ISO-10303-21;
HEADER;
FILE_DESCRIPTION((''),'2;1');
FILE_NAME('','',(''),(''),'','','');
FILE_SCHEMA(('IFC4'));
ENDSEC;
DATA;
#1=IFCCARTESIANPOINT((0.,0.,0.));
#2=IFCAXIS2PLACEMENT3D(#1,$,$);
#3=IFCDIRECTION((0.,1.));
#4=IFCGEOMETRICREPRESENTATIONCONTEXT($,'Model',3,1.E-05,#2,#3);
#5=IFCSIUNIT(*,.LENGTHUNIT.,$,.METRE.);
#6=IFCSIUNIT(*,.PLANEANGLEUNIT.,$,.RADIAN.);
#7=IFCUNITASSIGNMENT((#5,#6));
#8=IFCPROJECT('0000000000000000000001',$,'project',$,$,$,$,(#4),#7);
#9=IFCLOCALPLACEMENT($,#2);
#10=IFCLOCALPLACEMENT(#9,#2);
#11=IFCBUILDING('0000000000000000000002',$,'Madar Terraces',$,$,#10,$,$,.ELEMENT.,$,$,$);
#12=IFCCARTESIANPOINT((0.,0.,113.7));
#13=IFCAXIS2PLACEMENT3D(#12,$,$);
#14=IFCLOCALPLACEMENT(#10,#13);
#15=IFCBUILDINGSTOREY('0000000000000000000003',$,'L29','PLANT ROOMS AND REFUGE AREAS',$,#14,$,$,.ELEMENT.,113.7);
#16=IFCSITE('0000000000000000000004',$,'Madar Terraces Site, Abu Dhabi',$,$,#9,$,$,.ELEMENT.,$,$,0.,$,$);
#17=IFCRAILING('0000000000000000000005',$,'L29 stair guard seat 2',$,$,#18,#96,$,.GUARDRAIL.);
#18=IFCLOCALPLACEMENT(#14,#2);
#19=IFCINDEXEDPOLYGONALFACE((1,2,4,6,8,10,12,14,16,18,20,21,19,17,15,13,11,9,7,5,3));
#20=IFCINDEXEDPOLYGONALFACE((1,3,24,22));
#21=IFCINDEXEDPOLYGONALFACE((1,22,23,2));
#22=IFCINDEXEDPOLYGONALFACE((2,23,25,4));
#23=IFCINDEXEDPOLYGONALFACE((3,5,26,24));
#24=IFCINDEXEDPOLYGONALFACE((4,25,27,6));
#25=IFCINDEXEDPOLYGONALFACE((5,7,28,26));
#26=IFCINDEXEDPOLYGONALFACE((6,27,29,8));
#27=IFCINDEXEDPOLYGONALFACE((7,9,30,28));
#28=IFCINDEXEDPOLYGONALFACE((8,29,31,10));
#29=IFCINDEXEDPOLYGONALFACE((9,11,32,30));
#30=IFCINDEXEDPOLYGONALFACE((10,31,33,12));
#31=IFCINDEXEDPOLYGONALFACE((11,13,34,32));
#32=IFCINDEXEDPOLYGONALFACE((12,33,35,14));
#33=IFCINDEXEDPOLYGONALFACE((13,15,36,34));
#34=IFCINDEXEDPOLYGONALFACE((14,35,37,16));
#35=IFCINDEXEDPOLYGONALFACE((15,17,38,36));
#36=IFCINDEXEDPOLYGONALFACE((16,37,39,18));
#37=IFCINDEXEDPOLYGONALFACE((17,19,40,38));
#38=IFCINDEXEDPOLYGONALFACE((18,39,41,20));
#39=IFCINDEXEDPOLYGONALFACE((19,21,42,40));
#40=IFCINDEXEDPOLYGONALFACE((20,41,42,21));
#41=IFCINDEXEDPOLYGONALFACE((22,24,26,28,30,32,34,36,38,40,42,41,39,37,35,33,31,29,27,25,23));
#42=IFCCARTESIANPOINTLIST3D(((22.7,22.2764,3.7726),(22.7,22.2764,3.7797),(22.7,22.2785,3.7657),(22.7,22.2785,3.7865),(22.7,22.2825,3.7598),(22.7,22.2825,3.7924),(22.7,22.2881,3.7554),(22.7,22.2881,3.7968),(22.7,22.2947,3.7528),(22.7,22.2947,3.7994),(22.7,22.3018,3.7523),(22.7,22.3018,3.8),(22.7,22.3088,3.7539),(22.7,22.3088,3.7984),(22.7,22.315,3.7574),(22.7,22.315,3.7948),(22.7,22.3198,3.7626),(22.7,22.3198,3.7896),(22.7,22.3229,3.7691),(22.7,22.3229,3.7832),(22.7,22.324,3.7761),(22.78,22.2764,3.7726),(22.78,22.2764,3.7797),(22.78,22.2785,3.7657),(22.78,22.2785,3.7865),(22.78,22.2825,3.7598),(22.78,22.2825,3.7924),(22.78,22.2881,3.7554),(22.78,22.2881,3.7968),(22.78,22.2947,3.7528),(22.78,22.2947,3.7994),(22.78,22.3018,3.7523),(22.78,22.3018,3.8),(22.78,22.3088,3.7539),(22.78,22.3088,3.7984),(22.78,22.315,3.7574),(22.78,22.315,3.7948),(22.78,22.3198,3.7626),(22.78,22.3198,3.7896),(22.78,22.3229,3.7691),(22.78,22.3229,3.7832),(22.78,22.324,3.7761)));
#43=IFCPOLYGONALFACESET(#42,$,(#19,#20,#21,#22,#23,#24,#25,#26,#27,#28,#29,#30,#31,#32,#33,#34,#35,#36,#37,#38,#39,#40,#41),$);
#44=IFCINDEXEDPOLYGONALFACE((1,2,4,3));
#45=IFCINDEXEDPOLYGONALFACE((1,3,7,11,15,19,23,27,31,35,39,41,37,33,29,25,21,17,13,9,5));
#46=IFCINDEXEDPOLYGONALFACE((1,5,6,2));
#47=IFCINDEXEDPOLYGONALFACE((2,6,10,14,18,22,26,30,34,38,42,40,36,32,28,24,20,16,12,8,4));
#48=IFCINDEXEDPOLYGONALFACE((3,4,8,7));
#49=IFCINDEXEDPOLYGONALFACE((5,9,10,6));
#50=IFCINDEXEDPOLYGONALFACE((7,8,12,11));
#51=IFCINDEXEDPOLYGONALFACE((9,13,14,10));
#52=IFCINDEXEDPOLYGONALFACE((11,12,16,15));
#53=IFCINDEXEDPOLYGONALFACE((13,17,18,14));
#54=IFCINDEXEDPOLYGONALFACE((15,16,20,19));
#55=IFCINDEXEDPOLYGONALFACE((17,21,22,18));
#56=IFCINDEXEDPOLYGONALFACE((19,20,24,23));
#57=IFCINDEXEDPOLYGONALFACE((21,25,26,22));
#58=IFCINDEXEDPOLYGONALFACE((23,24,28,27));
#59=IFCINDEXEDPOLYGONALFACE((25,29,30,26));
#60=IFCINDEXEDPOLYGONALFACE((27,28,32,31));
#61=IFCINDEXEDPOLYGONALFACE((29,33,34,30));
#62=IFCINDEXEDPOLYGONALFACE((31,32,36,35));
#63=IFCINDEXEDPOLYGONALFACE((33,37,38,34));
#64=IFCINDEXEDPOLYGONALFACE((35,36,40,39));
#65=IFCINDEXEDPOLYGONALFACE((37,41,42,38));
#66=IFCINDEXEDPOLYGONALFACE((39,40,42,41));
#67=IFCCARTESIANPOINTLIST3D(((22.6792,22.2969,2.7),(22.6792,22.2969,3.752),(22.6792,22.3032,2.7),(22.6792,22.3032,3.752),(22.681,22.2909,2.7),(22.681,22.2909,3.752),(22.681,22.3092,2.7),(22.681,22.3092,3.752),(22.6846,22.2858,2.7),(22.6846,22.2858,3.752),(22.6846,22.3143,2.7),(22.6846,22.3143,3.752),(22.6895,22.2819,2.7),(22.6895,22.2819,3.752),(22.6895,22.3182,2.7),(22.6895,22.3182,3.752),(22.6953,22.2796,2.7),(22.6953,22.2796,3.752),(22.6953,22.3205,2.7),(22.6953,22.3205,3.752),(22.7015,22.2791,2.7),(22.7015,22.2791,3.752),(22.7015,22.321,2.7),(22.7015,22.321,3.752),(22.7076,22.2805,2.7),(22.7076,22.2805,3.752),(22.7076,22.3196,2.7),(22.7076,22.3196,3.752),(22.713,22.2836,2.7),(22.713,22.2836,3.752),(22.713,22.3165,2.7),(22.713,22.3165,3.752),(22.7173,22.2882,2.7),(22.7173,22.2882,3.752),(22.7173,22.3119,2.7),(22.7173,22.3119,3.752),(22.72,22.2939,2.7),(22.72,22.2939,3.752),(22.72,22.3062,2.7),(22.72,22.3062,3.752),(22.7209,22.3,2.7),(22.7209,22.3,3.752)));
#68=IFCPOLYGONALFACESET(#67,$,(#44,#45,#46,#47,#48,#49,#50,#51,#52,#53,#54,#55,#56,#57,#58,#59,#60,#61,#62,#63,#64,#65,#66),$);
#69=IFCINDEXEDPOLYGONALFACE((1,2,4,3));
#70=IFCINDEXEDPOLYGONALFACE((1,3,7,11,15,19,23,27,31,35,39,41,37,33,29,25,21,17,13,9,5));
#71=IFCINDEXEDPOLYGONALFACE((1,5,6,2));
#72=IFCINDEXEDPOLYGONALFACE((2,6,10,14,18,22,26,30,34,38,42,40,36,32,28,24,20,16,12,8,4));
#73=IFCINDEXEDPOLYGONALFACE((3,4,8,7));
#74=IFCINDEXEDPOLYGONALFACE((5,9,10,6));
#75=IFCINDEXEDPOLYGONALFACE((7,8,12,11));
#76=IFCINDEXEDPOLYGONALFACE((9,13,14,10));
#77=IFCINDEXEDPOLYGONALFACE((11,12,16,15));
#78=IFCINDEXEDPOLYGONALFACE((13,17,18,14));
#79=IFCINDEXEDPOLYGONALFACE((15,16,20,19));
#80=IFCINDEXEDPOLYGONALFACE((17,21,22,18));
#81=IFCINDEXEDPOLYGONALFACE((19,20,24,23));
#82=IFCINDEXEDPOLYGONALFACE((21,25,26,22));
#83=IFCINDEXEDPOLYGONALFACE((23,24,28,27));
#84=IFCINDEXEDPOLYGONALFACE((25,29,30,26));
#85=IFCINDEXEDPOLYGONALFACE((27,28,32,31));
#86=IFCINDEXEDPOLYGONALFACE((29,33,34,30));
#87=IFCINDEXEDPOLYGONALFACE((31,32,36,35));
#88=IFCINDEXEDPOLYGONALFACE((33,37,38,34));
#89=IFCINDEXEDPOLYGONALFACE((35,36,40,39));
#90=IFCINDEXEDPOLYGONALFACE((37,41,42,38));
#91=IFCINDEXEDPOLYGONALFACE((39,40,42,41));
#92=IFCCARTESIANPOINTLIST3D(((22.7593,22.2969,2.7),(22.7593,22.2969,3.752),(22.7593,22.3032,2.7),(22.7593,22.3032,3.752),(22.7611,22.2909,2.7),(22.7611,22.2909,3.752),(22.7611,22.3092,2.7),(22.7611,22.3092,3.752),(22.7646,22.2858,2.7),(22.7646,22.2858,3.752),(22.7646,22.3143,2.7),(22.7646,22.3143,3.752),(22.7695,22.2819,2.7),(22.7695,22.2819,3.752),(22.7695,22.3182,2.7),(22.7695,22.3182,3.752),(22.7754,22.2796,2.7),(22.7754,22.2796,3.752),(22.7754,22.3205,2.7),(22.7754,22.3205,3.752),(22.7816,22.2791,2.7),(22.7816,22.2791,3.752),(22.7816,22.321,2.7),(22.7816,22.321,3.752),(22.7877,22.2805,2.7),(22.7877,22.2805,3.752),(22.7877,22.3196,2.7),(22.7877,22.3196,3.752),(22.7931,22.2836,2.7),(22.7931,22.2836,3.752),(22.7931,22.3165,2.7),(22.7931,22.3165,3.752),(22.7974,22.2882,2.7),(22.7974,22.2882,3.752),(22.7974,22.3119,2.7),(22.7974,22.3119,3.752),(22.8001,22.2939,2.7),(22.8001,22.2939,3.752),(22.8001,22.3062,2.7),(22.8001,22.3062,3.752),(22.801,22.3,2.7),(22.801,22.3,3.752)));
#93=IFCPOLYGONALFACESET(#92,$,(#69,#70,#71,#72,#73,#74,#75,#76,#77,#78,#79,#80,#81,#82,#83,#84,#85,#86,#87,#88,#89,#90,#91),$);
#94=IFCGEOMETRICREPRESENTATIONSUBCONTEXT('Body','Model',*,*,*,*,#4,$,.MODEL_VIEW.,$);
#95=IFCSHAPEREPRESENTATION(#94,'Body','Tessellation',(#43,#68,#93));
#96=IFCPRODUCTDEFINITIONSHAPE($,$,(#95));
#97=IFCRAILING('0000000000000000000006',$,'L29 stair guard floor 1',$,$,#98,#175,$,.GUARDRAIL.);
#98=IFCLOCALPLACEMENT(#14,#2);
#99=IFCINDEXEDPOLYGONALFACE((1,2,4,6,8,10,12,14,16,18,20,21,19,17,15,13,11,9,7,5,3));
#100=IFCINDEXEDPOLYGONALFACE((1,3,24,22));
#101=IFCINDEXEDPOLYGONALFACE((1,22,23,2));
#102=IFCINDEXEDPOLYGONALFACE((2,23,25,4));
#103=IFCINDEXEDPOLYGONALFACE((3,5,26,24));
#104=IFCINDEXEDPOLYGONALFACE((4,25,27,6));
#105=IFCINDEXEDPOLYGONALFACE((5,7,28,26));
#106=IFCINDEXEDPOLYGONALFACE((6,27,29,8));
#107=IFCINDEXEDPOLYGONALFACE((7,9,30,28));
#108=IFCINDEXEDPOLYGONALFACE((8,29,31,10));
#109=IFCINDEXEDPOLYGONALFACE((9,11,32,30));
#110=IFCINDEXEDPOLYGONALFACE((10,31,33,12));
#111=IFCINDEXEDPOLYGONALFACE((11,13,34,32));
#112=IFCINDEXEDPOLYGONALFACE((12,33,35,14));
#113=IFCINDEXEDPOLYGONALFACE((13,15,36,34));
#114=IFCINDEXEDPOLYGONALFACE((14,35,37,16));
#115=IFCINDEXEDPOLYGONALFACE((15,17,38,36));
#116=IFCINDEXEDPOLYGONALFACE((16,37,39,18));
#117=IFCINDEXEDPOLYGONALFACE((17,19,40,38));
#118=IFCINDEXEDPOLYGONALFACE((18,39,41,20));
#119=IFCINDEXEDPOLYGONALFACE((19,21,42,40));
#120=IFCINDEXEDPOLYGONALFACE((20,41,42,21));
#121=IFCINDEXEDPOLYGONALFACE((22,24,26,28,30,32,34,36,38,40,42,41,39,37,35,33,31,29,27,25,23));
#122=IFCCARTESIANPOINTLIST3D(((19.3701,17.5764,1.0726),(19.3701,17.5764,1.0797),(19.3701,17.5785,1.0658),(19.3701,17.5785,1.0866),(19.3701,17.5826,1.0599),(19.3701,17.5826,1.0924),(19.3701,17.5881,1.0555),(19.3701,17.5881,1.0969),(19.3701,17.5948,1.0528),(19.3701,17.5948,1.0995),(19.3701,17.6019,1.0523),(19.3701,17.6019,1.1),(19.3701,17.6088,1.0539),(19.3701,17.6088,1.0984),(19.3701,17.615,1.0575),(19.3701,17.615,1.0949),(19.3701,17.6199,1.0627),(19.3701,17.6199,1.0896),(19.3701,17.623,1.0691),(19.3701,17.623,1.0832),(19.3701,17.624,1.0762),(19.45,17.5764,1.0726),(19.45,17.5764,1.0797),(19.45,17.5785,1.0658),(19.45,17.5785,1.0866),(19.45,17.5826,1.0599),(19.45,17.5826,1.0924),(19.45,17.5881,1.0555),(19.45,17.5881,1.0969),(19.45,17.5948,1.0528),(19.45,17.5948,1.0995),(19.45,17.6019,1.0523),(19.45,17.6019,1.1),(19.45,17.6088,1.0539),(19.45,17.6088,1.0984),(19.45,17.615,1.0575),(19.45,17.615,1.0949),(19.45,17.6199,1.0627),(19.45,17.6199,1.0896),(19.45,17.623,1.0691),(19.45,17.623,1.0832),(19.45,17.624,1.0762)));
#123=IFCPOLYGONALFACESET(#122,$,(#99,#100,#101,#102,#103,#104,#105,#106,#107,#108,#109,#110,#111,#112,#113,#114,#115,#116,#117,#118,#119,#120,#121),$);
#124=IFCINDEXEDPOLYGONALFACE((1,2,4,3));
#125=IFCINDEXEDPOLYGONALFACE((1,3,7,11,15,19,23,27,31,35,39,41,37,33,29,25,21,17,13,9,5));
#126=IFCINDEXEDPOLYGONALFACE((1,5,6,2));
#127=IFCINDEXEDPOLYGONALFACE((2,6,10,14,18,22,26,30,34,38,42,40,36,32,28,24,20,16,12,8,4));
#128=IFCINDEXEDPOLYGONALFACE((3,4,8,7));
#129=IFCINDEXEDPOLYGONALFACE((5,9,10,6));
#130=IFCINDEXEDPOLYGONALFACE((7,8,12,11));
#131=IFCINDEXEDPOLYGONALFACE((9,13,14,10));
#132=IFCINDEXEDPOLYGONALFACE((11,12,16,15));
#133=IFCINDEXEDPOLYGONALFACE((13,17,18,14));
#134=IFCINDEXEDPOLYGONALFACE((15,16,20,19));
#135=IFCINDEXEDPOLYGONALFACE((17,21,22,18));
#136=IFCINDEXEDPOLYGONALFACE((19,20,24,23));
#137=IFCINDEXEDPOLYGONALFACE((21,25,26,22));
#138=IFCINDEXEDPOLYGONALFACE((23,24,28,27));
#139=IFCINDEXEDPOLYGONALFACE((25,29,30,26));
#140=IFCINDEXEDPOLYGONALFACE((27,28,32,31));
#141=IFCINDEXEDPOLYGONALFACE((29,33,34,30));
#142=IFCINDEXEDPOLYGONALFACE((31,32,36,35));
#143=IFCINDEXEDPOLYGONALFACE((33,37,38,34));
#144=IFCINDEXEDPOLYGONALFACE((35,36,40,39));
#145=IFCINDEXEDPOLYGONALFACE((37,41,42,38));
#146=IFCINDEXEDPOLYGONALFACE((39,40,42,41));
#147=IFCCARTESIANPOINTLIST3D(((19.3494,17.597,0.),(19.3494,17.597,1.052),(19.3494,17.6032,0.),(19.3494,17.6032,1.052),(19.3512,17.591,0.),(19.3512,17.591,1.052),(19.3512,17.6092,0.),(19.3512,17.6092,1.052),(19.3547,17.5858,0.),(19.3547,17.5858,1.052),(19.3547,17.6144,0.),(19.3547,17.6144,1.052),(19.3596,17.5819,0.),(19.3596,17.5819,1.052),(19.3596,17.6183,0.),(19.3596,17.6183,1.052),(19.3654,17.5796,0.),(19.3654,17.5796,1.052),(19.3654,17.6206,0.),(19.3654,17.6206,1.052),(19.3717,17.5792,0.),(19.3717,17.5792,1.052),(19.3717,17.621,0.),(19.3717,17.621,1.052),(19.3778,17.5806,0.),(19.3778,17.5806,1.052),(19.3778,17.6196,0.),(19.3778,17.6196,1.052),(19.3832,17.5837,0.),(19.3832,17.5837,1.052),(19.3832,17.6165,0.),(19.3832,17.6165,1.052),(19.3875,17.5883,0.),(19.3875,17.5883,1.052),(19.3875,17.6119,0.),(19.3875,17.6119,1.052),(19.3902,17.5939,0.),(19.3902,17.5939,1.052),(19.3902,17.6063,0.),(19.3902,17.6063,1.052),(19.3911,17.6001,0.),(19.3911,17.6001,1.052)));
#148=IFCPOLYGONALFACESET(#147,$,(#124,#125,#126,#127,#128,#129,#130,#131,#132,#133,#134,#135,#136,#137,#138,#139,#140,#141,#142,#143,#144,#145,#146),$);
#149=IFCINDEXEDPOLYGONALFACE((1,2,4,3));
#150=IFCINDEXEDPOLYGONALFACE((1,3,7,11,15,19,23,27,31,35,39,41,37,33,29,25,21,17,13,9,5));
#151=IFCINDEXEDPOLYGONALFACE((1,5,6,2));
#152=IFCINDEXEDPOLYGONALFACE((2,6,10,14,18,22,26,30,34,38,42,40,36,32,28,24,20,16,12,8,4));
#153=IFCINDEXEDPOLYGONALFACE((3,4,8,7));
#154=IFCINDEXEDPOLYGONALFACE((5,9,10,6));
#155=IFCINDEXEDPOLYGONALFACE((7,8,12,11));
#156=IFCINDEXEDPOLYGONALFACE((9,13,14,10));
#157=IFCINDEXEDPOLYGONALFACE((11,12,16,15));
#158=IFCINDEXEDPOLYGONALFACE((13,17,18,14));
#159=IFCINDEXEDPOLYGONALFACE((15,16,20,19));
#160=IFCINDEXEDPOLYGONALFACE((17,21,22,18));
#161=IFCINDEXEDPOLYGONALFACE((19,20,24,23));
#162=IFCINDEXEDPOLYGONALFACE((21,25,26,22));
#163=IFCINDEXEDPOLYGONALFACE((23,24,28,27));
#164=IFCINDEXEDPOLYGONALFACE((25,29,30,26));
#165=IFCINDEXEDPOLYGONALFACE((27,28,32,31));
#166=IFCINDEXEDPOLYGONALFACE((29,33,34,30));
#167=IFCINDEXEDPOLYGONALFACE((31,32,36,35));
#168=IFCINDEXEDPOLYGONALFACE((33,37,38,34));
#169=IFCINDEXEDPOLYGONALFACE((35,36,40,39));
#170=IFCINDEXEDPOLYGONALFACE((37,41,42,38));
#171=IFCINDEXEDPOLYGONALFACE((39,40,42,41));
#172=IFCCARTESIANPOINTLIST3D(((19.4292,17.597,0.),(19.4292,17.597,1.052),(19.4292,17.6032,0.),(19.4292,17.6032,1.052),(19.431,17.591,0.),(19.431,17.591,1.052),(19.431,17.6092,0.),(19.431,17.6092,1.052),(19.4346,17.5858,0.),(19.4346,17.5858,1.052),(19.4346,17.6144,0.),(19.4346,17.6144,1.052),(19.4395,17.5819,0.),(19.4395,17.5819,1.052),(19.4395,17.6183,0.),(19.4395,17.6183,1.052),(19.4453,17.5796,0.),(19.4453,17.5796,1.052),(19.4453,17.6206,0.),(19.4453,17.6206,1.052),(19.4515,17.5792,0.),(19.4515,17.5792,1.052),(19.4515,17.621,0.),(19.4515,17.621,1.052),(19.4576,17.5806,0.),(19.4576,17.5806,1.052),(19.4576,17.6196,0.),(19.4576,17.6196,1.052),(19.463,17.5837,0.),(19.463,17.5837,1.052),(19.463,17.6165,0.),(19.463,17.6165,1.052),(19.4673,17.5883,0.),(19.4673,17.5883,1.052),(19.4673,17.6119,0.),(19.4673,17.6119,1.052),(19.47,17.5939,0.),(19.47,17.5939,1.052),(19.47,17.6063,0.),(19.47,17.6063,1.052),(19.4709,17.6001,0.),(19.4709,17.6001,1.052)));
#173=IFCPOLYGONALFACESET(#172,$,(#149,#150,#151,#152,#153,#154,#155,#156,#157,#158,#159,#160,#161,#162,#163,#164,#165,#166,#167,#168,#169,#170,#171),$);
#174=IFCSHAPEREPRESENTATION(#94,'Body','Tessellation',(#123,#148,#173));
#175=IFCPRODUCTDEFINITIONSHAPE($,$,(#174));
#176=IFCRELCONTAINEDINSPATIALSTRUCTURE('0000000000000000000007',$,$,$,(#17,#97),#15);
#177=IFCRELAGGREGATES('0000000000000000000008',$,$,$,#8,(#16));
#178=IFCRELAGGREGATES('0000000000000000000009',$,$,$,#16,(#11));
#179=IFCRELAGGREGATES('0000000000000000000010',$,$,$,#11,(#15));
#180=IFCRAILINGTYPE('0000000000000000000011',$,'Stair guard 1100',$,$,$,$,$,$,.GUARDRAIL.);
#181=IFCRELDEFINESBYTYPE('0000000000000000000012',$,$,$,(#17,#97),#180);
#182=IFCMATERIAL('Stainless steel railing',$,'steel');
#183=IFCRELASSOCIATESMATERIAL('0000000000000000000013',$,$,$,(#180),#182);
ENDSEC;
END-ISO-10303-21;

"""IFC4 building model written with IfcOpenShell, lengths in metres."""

from ifc_helpers import new_model, si_unit, direction, frame, origin, origin_2d, place, context, subcontext, project, spatial, circle, extrude, material, type_object, element, save


model = new_model("IFC4")

# Units and contexts
model_context = context("Model", 3, precision=1e-05, world=origin(), true_north=direction((0.0, 1.0)))
body_context = subcontext(model_context, "Body", "Model", "MODEL_VIEW")
ifc_project = project(units=[si_unit("LENGTHUNIT", "METRE"), si_unit("PLANEANGLEUNIT", "RADIAN")], contexts=[model_context])

# Site, building, storey
site_placement = place(None, origin())
site = spatial("IfcSite", under=ifc_project, at=site_placement, Name="Madar Terraces Site, Abu Dhabi", CompositionType="ELEMENT", RefElevation=0.0)
building_placement = place(site_placement, origin())
building = spatial("IfcBuilding", under=site, at=building_placement, Name="Madar Terraces", CompositionType="ELEMENT")
storey_placement = place(building_placement, frame((0.0, 0.0, 113.7)))
storey = spatial("IfcBuildingStorey", under=building, at=storey_placement, Name="L29", Description="PLANT ROOMS AND REFUGE AREAS", CompositionType="ELEMENT", Elevation=113.7)

# Railings
ifc_material_1 = material(Name="Stainless steel railing", Category="steel")
railing_type_1 = type_object("IfcRailingType", Name="Stair guard 1100", PredefinedType="GUARDRAIL", material=ifc_material_1)
railing_1_placement = place(storey_placement, frame((22.7, 22.3, 2.7)))
element("IfcRailing", 1, at=railing_1_placement, inside=storey, type_object=railing_type_1, Name="L29 stair guard seat 2", PredefinedType="GUARDRAIL", context=body_context, shape_type="SweptSolid", body=[
    extrude(circle(Radius=0.0239, at=origin_2d()), frame((0.0, 0.0, 1.0762), z_axis=(1.0, 0.0, 0.0), x_axis=(0.0, 1.0, 0.0)), (0.0, 0.0, 1.0), 0.0801),
    extrude(circle(Radius=0.021, at=origin_2d()), origin(), (0.0, 0.0, 1.0), 1.052),
    extrude(circle(Radius=0.021, at=origin_2d()), frame((0.0801, 0.0, 0.0)), (0.0, 0.0, 1.0), 1.052),
])
railing_2_placement = place(storey_placement, frame((19.3701, 17.6001, 0.0)))
element("IfcRailing", 2, at=railing_2_placement, inside=storey, type_object=railing_type_1, Name="L29 stair guard floor 1", PredefinedType="GUARDRAIL", context=body_context, shape_type="SweptSolid", body=[
    extrude(circle(Radius=0.0239, at=origin_2d()), frame((0.0, 0.0, 1.0762), z_axis=(1.0, 0.0, 0.0), x_axis=(0.0, 1.0, 0.0)), (0.0, 0.0, 1.0), 0.0798),
    extrude(circle(Radius=0.021, at=origin_2d()), origin(), (0.0, 0.0, 1.0), 1.052),
    extrude(circle(Radius=0.021, at=origin_2d()), frame((0.0798, 0.0, 0.0)), (0.0, 0.0, 1.0), 1.052),
])

save(model, "model.ifc")
